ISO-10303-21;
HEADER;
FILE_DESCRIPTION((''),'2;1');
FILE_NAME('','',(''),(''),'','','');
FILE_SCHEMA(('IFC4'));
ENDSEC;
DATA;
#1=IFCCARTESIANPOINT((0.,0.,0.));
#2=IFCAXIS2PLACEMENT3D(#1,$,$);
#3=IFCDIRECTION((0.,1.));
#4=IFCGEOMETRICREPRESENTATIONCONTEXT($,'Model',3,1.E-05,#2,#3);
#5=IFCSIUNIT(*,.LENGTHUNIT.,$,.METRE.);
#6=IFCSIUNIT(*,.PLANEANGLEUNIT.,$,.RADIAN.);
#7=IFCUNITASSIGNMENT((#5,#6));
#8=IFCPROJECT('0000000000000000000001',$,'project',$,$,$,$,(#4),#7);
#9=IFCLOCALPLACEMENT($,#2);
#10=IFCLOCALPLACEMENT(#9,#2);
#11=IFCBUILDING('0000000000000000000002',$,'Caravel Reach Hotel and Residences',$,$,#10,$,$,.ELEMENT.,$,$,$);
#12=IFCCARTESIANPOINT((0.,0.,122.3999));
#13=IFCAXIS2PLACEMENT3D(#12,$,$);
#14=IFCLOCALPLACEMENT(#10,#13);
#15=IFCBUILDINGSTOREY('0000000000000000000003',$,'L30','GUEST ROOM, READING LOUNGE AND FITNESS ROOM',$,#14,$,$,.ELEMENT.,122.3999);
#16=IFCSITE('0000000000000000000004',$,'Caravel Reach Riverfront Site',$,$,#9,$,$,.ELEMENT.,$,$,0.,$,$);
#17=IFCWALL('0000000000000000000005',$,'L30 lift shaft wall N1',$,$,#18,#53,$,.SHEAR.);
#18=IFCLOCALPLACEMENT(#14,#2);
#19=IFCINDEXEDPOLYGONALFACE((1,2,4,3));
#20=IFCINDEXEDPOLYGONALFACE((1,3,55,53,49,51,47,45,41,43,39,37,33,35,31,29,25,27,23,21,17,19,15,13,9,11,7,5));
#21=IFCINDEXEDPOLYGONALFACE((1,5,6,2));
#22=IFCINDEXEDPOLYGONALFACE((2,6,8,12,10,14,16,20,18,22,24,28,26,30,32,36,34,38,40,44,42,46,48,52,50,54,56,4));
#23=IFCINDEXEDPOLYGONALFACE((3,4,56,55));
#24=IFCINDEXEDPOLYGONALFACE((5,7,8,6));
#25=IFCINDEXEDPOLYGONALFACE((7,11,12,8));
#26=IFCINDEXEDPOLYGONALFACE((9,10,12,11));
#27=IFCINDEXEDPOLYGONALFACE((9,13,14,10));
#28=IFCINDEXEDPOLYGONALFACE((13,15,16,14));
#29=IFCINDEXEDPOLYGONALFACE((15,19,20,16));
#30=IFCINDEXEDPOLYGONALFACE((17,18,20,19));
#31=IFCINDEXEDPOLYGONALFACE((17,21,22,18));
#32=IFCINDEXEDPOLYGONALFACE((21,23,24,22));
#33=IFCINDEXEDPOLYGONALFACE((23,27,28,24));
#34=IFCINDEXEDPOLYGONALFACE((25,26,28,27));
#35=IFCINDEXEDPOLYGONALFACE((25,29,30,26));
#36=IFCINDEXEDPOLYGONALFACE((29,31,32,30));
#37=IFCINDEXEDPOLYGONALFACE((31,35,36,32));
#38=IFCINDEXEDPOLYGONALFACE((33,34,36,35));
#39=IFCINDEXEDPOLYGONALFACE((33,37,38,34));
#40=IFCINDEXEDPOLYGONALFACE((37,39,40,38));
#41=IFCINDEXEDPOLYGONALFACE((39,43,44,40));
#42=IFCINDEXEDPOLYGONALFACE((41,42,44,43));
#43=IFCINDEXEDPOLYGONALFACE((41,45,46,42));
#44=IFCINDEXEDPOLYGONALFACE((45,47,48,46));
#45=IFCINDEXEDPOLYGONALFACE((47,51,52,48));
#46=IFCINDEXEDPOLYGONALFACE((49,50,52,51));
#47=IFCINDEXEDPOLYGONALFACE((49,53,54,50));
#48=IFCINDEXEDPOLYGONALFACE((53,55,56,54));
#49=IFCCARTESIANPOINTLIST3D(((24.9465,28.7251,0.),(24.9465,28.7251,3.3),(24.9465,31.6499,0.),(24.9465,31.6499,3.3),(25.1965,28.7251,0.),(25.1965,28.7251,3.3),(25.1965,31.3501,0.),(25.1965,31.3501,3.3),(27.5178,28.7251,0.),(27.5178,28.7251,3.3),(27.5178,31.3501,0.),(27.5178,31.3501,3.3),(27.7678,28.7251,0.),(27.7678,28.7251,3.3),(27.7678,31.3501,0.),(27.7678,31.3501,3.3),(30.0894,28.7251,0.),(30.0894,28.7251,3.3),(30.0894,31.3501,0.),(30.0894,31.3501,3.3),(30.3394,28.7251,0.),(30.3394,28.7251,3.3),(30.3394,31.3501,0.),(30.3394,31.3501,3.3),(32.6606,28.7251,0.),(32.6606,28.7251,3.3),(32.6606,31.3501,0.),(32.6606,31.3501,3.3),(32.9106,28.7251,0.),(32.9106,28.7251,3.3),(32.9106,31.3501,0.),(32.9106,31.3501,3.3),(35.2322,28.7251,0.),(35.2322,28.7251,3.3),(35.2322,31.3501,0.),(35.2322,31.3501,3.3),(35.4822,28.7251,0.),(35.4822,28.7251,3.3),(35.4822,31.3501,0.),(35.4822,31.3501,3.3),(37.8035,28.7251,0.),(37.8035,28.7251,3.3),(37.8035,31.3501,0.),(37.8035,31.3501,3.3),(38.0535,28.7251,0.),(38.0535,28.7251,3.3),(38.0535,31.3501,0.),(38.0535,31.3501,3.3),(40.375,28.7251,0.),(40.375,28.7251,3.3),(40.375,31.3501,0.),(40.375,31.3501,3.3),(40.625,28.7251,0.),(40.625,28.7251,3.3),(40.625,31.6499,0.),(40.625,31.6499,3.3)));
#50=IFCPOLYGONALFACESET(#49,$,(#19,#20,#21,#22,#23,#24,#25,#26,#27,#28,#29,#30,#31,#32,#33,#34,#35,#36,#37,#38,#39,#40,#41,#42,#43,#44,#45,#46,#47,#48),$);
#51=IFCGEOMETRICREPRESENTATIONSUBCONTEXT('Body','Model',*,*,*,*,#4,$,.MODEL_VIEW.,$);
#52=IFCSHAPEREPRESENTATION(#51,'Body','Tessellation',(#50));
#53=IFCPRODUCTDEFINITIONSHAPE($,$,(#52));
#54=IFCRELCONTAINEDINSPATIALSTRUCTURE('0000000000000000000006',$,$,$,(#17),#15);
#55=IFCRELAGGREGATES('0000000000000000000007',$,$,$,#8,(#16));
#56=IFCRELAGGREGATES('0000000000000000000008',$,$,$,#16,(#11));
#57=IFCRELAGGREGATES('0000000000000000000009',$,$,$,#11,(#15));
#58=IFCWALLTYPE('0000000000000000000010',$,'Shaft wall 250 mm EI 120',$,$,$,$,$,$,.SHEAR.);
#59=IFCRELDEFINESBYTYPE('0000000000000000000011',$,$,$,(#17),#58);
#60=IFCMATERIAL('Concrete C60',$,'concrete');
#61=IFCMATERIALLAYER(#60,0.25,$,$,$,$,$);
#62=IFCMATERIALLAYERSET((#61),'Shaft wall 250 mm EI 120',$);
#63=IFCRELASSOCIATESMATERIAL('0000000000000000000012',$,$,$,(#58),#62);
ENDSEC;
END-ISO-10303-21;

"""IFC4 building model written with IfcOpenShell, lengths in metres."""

from ifc_helpers import new_model, si_unit, direction, frame, origin, place, context, subcontext, project, spatial, polyline, outline, extrude, material, layer, layer_set, type_object, element, save


model = new_model("IFC4")

# Units and contexts
model_context = context("Model", 3, precision=1e-05, world=origin(), true_north=direction((0.0, 1.0)))
body_context = subcontext(model_context, "Body", "Model", "MODEL_VIEW")
ifc_project = project(units=[si_unit("LENGTHUNIT", "METRE"), si_unit("PLANEANGLEUNIT", "RADIAN")], contexts=[model_context])

# Site, building, storey
site_placement = place(None, origin())
site = spatial("IfcSite", under=ifc_project, at=site_placement, Name="Caravel Reach Riverfront Site", CompositionType="ELEMENT", RefElevation=0.0)
building_placement = place(site_placement, origin())
building = spatial("IfcBuilding", under=site, at=building_placement, Name="Caravel Reach Hotel and Residences", CompositionType="ELEMENT")
storey_placement = place(building_placement, frame((0.0, 0.0, 122.3999)))
storey = spatial("IfcBuildingStorey", under=building, at=storey_placement, Name="L30", Description="GUEST ROOM, READING LOUNGE AND FITNESS ROOM", CompositionType="ELEMENT", Elevation=122.3999)

# Wall
ifc_material_1 = material(Name="Concrete C60", Category="concrete")
ifc_layer_1 = layer(ifc_material_1, 0.25)
ifc_layer_set_1 = layer_set([ifc_layer_1], Name="Shaft wall 250 mm EI 120")
wall_type_1 = type_object("IfcWallType", Name="Shaft wall 250 mm EI 120", PredefinedType="SHEAR", material=ifc_layer_set_1)
wall_1_placement = place(storey_placement, origin())
element("IfcWall", 1, at=wall_1_placement, inside=storey, type_object=wall_type_1, Name="L30 lift shaft wall N1", PredefinedType="SHEAR", context=body_context, shape_type="SweptSolid", body=[
    extrude(outline(polyline([(24.9465, 28.7251), (25.1965, 28.7251), (25.1965, 31.3501), (27.5178, 31.3501), (27.5178, 28.7251), (27.7678, 28.7251), (27.7678, 31.3501), (30.0894, 31.3501), (30.0894, 28.7251), (30.3394, 28.7251), (30.3394, 31.3501), (32.6606, 31.3501), (32.6606, 28.7251), (32.9106, 28.7251), (32.9106, 31.3501), (35.2322, 31.3501), (35.2322, 28.7251), (35.4822, 28.7251), (35.4822, 31.3501), (37.8035, 31.3501), (37.8035, 28.7251), (38.0535, 28.7251), (38.0535, 31.3501), (40.375, 31.3501), (40.375, 28.7251), (40.625, 28.7251), (40.625, 31.6499), (24.9465, 31.6499), (24.9465, 28.7251)])), origin(), (0.0, 0.0, 1.0), 3.3),
])

save(model, "model.ifc")
